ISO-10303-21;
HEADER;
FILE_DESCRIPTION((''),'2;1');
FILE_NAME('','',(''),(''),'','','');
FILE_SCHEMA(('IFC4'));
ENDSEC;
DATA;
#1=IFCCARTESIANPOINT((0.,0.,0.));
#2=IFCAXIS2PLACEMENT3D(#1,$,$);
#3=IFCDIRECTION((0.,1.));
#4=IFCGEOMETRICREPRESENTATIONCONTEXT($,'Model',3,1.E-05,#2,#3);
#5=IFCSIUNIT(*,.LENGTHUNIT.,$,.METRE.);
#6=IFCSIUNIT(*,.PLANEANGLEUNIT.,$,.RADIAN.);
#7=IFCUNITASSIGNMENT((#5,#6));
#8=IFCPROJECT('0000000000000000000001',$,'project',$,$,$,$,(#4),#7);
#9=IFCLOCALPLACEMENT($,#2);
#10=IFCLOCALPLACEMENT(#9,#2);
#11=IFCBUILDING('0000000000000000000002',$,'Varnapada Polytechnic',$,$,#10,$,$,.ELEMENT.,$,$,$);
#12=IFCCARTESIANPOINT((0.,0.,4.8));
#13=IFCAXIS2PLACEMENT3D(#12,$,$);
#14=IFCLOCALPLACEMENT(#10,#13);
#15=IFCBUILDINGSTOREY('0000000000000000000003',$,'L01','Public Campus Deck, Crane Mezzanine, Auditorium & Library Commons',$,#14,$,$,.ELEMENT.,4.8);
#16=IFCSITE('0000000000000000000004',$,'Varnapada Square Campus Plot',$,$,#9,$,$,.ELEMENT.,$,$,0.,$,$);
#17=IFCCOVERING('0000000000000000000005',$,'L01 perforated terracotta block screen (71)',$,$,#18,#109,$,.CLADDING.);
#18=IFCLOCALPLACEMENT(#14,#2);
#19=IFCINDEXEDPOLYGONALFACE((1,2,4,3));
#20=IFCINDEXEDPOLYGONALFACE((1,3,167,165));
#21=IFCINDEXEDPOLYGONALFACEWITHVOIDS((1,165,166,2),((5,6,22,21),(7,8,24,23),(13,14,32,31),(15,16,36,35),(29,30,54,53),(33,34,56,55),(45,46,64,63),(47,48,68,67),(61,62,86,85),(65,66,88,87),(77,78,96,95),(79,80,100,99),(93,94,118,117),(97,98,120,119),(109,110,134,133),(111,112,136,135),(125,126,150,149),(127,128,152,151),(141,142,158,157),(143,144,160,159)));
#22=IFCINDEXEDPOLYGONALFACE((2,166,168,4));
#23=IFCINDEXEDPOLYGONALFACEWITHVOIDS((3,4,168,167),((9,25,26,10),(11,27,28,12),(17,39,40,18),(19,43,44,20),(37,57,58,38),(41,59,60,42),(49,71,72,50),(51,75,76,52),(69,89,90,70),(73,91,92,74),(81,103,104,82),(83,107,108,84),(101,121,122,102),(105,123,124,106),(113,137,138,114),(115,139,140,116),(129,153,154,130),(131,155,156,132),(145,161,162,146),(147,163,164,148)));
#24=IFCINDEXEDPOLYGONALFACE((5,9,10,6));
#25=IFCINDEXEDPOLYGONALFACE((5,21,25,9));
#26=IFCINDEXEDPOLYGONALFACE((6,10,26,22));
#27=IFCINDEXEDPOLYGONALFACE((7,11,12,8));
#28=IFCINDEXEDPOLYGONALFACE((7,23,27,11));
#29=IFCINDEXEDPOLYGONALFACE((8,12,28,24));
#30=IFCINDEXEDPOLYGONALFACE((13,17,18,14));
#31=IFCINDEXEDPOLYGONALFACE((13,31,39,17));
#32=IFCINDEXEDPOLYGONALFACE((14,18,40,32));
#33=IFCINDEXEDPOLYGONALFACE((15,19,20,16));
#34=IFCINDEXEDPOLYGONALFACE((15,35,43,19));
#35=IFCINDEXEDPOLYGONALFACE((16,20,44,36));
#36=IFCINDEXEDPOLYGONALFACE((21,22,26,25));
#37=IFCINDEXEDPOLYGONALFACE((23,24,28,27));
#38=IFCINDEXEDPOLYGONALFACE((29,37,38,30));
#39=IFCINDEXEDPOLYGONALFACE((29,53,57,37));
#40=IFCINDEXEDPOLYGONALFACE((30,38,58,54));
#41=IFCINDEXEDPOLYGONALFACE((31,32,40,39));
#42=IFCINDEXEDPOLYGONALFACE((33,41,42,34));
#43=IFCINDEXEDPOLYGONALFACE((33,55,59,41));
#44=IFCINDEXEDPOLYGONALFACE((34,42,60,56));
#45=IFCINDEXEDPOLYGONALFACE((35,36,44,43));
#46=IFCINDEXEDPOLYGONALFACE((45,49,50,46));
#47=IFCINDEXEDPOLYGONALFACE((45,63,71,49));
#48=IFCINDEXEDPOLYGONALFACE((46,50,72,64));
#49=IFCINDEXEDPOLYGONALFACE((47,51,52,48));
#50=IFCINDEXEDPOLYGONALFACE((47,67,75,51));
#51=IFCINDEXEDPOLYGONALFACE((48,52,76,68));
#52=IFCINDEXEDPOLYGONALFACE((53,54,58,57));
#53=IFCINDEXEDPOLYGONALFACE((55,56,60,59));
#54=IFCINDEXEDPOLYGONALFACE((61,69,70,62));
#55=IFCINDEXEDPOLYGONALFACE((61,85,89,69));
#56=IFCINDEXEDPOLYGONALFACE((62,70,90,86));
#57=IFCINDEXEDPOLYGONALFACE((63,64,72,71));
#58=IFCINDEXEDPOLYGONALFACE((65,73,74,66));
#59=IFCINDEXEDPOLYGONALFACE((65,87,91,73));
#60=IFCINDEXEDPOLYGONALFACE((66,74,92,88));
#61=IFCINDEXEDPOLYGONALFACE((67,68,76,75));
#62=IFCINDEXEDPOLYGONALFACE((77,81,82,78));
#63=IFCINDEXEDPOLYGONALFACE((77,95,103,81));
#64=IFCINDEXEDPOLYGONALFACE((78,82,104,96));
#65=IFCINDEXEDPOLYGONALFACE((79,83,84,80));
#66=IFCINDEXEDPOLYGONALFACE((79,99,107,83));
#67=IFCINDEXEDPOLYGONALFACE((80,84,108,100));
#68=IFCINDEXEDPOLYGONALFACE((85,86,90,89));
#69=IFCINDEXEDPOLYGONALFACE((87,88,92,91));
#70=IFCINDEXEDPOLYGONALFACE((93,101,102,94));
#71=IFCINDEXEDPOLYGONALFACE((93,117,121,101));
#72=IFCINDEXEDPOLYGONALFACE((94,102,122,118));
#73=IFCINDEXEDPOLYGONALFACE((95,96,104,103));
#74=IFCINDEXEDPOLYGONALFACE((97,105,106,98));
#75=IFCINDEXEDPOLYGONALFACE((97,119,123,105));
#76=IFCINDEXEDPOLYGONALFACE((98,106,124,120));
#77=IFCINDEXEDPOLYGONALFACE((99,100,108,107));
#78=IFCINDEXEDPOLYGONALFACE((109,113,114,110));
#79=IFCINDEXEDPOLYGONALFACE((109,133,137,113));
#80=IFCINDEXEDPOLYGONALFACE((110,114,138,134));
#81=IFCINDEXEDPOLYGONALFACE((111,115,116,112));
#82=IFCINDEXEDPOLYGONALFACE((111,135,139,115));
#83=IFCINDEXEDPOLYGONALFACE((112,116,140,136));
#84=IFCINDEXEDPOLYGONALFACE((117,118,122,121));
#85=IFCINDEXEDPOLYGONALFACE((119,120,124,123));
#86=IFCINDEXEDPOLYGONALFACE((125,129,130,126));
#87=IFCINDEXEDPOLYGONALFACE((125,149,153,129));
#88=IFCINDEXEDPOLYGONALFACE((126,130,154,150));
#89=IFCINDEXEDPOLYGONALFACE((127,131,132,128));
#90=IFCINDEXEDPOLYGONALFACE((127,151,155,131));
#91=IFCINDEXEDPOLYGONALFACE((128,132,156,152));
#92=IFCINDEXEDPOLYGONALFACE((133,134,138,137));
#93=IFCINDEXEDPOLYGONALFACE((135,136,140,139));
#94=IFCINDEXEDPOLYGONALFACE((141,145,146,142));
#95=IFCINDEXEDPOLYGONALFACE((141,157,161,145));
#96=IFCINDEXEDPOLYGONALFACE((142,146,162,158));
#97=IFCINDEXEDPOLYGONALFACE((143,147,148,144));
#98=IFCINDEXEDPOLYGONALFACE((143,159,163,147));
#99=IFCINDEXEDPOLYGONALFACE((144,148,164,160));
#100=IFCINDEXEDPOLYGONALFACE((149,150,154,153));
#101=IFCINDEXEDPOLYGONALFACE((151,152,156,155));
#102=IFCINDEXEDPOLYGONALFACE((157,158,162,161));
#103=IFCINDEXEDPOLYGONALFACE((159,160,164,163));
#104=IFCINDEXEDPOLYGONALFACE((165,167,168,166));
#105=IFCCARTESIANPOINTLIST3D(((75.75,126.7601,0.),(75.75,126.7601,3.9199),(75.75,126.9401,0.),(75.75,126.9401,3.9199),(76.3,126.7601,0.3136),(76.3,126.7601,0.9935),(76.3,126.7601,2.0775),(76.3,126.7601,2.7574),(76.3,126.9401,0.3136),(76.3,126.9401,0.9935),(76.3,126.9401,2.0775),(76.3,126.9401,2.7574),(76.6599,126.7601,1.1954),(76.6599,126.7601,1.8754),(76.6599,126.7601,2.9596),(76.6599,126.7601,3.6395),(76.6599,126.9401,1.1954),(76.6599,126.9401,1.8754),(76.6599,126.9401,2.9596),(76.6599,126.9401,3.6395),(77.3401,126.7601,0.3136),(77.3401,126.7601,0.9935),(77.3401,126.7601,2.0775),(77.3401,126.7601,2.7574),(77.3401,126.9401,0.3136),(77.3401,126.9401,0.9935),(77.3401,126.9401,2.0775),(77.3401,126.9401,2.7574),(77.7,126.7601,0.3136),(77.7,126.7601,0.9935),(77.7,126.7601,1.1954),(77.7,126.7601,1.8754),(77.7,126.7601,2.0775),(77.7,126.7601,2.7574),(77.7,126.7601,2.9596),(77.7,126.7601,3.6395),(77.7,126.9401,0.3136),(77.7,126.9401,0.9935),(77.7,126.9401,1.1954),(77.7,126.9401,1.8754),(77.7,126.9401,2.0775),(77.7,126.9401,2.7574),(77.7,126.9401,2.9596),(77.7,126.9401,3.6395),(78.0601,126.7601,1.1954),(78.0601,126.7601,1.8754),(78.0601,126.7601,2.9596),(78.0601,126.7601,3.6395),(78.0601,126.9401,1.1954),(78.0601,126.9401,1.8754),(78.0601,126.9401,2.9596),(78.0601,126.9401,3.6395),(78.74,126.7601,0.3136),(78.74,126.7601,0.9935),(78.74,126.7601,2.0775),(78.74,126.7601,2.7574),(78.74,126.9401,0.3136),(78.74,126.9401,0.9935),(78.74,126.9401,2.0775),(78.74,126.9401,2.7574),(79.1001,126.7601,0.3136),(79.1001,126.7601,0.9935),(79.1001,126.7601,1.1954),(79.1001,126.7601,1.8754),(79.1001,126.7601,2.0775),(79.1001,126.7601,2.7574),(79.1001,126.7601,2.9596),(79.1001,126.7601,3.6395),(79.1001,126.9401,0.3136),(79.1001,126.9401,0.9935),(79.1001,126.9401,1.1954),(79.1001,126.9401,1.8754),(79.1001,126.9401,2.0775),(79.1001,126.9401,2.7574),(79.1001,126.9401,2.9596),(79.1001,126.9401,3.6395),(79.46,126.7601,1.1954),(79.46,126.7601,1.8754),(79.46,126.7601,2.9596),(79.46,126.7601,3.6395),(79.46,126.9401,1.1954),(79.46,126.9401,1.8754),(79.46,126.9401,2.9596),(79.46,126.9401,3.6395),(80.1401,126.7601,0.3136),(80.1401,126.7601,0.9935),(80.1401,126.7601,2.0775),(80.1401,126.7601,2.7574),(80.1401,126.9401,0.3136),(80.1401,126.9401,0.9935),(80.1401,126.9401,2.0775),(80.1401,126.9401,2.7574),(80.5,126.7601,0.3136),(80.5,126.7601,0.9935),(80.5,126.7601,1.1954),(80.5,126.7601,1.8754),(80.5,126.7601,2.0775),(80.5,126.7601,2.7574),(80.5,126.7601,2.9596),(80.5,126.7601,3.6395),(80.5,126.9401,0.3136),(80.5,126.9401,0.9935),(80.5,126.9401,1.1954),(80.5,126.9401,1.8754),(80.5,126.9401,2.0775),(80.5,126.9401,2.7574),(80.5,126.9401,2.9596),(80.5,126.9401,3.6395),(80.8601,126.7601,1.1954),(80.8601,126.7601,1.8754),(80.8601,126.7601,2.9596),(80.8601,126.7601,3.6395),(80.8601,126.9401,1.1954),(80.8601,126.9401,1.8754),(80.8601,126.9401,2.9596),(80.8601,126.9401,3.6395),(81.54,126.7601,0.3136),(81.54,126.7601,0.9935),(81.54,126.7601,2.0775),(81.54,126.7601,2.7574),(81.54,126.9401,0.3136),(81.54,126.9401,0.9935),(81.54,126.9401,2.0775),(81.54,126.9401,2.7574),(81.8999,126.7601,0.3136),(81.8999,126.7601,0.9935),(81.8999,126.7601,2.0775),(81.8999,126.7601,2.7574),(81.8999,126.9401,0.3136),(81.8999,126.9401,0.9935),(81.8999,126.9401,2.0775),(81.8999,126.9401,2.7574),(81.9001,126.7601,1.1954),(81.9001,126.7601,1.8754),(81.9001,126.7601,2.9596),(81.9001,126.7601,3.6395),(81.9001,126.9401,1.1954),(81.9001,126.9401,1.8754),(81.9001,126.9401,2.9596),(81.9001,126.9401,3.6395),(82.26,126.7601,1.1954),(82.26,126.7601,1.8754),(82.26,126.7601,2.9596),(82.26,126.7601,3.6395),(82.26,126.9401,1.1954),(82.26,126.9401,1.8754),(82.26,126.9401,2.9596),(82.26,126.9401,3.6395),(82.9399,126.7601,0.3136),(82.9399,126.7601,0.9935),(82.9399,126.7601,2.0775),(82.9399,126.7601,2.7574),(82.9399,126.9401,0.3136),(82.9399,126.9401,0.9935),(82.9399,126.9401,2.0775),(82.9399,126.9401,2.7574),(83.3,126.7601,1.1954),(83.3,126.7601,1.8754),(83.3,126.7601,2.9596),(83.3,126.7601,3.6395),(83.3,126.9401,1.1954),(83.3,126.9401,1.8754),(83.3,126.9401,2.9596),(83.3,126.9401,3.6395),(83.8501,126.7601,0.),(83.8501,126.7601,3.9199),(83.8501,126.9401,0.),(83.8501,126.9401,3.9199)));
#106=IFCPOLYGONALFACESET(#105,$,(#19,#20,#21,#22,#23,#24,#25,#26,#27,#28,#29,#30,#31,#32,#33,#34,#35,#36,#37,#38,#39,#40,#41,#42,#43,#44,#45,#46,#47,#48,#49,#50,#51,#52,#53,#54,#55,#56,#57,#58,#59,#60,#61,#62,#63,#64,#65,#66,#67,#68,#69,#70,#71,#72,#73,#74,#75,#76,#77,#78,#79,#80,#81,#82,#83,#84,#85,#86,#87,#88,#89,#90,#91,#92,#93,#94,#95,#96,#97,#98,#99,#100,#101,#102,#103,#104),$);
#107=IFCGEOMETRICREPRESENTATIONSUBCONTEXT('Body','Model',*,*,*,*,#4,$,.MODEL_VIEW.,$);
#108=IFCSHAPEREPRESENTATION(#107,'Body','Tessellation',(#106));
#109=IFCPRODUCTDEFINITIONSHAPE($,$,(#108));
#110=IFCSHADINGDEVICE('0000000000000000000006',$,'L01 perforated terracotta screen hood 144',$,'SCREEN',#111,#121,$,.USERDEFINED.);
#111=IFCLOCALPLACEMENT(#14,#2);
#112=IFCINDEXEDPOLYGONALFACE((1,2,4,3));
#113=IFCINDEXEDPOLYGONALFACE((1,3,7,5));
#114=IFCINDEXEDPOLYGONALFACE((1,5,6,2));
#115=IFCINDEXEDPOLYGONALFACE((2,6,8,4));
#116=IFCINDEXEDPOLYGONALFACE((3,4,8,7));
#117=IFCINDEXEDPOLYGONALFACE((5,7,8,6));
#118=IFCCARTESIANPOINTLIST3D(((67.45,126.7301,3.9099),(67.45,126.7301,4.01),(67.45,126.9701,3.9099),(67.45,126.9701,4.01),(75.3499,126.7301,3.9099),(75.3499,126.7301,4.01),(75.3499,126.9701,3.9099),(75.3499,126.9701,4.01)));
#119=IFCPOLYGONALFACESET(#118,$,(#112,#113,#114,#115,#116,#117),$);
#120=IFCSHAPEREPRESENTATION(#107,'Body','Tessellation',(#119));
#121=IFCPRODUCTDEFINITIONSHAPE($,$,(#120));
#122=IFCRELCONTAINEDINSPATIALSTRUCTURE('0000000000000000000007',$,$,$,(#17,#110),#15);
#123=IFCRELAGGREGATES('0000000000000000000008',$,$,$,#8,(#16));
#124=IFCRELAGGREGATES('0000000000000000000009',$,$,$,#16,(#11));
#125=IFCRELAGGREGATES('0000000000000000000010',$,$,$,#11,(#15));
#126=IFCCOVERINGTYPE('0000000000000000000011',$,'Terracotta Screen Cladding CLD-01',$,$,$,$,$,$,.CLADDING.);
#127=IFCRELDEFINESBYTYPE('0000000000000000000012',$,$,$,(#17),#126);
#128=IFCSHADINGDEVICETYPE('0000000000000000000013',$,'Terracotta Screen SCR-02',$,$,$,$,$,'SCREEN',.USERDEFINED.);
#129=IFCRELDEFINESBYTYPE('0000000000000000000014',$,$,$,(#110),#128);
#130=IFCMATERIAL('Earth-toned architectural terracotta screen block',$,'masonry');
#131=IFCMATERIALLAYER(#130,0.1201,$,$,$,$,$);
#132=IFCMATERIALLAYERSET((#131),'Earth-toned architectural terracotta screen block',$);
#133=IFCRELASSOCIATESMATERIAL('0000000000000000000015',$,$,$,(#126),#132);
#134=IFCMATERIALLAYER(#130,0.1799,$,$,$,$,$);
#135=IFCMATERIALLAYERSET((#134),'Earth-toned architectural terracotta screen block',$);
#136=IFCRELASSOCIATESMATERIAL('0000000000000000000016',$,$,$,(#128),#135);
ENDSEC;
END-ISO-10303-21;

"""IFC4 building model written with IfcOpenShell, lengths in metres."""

from ifc_helpers import new_model, si_unit, direction, frame, frame_2d, origin, origin_2d, place, context, subcontext, project, spatial, rectangle, extrude, material, layer, layer_set, type_object, element, save


model = new_model("IFC4")

# Units and contexts
model_context = context("Model", 3, precision=1e-05, world=origin(), true_north=direction((0.0, 1.0)))
body_context = subcontext(model_context, "Body", "Model", "MODEL_VIEW")
ifc_project = project(units=[si_unit("LENGTHUNIT", "METRE"), si_unit("PLANEANGLEUNIT", "RADIAN")], contexts=[model_context])

# Site, building, storey
site_placement = place(None, origin())
site = spatial("IfcSite", under=ifc_project, at=site_placement, Name="Varnapada Square Campus Plot", CompositionType="ELEMENT", RefElevation=0.0)
building_placement = place(site_placement, origin())
building = spatial("IfcBuilding", under=site, at=building_placement, Name="Varnapada Polytechnic", CompositionType="ELEMENT")
storey_placement = place(building_placement, frame((0.0, 0.0, 4.8)))
storey = spatial("IfcBuildingStorey", under=building, at=storey_placement, Name="L01", Description="Public Campus Deck, Crane Mezzanine, Auditorium & Library Commons", CompositionType="ELEMENT", Elevation=4.8)

# Covering, openings
ifc_material_1 = material(Name="Earth-toned architectural terracotta screen block", Category="masonry")
ifc_layer_1 = layer(ifc_material_1, 0.1201)
ifc_layer_set_1 = layer_set([ifc_layer_1], Name="Earth-toned architectural terracotta screen block")
covering_type = type_object("IfcCoveringType", Name="Terracotta Screen Cladding CLD-01", PredefinedType="CLADDING", material=ifc_layer_set_1)
covering_placement = place(storey_placement, frame((75.75, 126.8501, 0.0), z_axis=(0.0, 0.0, 1.0), x_axis=(1.0, 0.0, 0.0)))
covering = element("IfcCovering", 1, at=covering_placement, inside=storey, type_object=covering_type, Name="L01 perforated terracotta block screen (71)", PredefinedType="CLADDING", context=body_context, shape_type="SweptSolid", body=[
    extrude(rectangle(XDim=8.1001, YDim=0.1799, at=frame_2d((4.05, 0.0))), origin(), (0.0, 0.0, 1.0), 3.9199),
])
opening_1_placement = place(covering_placement, frame((0.55, 0.0, 0.3137)))
element("IfcOpeningElement", 2, at=opening_1_placement, cuts=covering, PredefinedType="OPENING", context=body_context, shape_type="SweptSolid", body=[
    extrude(rectangle(XDim=1.04, YDim=0.6799, at=frame_2d((0.52, 0.3398))), frame((0.0, 0.0999, 0.0), z_axis=(0.0, -1.0, 0.0), x_axis=(1.0, 0.0, 0.0)), (0.0, 0.0, 1.0), 0.2),
])
opening_2_placement = place(covering_placement, frame((1.95, 0.0, 0.3137)))
element("IfcOpeningElement", 3, at=opening_2_placement, cuts=covering, PredefinedType="OPENING", context=body_context, shape_type="SweptSolid", body=[
    extrude(rectangle(XDim=1.04, YDim=0.6799, at=frame_2d((0.52, 0.3398))), frame((0.0, 0.0999, 0.0), z_axis=(0.0, -1.0, 0.0), x_axis=(1.0, 0.0, 0.0)), (0.0, 0.0, 1.0), 0.2),
])
opening_3_placement = place(covering_placement, frame((3.3501, 0.0, 0.3137)))
element("IfcOpeningElement", 4, at=opening_3_placement, cuts=covering, PredefinedType="OPENING", context=body_context, shape_type="SweptSolid", body=[
    extrude(rectangle(XDim=1.04, YDim=0.6799, at=frame_2d((0.52, 0.3398))), frame((0.0, 0.0999, 0.0), z_axis=(0.0, -1.0, 0.0), x_axis=(1.0, 0.0, 0.0)), (0.0, 0.0, 1.0), 0.2),
])
opening_4_placement = place(covering_placement, frame((4.75, 0.0, 0.3137)))
element("IfcOpeningElement", 5, at=opening_4_placement, cuts=covering, PredefinedType="OPENING", context=body_context, shape_type="SweptSolid", body=[
    extrude(rectangle(XDim=1.04, YDim=0.6799, at=frame_2d((0.52, 0.3398))), frame((0.0, 0.0999, 0.0), z_axis=(0.0, -1.0, 0.0), x_axis=(1.0, 0.0, 0.0)), (0.0, 0.0, 1.0), 0.2),
])
opening_5_placement = place(covering_placement, frame((6.1499, 0.0, 0.3137)))
element("IfcOpeningElement", 6, at=opening_5_placement, cuts=covering, PredefinedType="OPENING", context=body_context, shape_type="SweptSolid", body=[
    extrude(rectangle(XDim=1.04, YDim=0.6799, at=frame_2d((0.52, 0.3398))), frame((0.0, 0.0999, 0.0), z_axis=(0.0, -1.0, 0.0), x_axis=(1.0, 0.0, 0.0)), (0.0, 0.0, 1.0), 0.2),
])
opening_6_placement = place(covering_placement, frame((0.9099, 0.0, 1.1956)))
element("IfcOpeningElement", 7, at=opening_6_placement, cuts=covering, PredefinedType="OPENING", context=body_context, shape_type="SweptSolid", body=[
    extrude(rectangle(XDim=1.04, YDim=0.6799, at=frame_2d((0.52, 0.3398))), frame((0.0, 0.0999, 0.0), z_axis=(0.0, -1.0, 0.0), x_axis=(1.0, 0.0, 0.0)), (0.0, 0.0, 1.0), 0.2),
])
opening_7_placement = place(covering_placement, frame((2.3101, 0.0, 1.1956)))
element("IfcOpeningElement", 8, at=opening_7_placement, cuts=covering, PredefinedType="OPENING", context=body_context, shape_type="SweptSolid", body=[
    extrude(rectangle(XDim=1.04, YDim=0.6799, at=frame_2d((0.52, 0.3398))), frame((0.0, 0.0999, 0.0), z_axis=(0.0, -1.0, 0.0), x_axis=(1.0, 0.0, 0.0)), (0.0, 0.0, 1.0), 0.2),
])
opening_8_placement = place(covering_placement, frame((3.71, 0.0, 1.1956)))
element("IfcOpeningElement", 9, at=opening_8_placement, cuts=covering, PredefinedType="OPENING", context=body_context, shape_type="SweptSolid", body=[
    extrude(rectangle(XDim=1.04, YDim=0.6799, at=frame_2d((0.52, 0.3398))), frame((0.0, 0.0999, 0.0), z_axis=(0.0, -1.0, 0.0), x_axis=(1.0, 0.0, 0.0)), (0.0, 0.0, 1.0), 0.2),
])
opening_9_placement = place(covering_placement, frame((5.1101, 0.0, 1.1956)))
element("IfcOpeningElement", 10, at=opening_9_placement, cuts=covering, PredefinedType="OPENING", context=body_context, shape_type="SweptSolid", body=[
    extrude(rectangle(XDim=1.04, YDim=0.6799, at=frame_2d((0.52, 0.3398))), frame((0.0, 0.0999, 0.0), z_axis=(0.0, -1.0, 0.0), x_axis=(1.0, 0.0, 0.0)), (0.0, 0.0, 1.0), 0.2),
])
opening_10_placement = place(covering_placement, frame((6.51, 0.0, 1.1956)))
element("IfcOpeningElement", 11, at=opening_10_placement, cuts=covering, PredefinedType="OPENING", context=body_context, shape_type="SweptSolid", body=[
    extrude(rectangle(XDim=1.04, YDim=0.6799, at=frame_2d((0.52, 0.3398))), frame((0.0, 0.0999, 0.0), z_axis=(0.0, -1.0, 0.0), x_axis=(1.0, 0.0, 0.0)), (0.0, 0.0, 1.0), 0.2),
])
opening_11_placement = place(covering_placement, frame((0.55, 0.0, 2.0776)))
element("IfcOpeningElement", 12, at=opening_11_placement, cuts=covering, PredefinedType="OPENING", context=body_context, shape_type="SweptSolid", body=[
    extrude(rectangle(XDim=1.04, YDim=0.6799, at=frame_2d((0.52, 0.3398))), frame((0.0, 0.0999, 0.0), z_axis=(0.0, -1.0, 0.0), x_axis=(1.0, 0.0, 0.0)), (0.0, 0.0, 1.0), 0.2),
])
opening_12_placement = place(covering_placement, frame((1.95, 0.0, 2.0776)))
element("IfcOpeningElement", 13, at=opening_12_placement, cuts=covering, PredefinedType="OPENING", context=body_context, shape_type="SweptSolid", body=[
    extrude(rectangle(XDim=1.04, YDim=0.6799, at=frame_2d((0.52, 0.3398))), frame((0.0, 0.0999, 0.0), z_axis=(0.0, -1.0, 0.0), x_axis=(1.0, 0.0, 0.0)), (0.0, 0.0, 1.0), 0.2),
])
opening_13_placement = place(covering_placement, frame((3.3501, 0.0, 2.0776)))
element("IfcOpeningElement", 14, at=opening_13_placement, cuts=covering, PredefinedType="OPENING", context=body_context, shape_type="SweptSolid", body=[
    extrude(rectangle(XDim=1.04, YDim=0.6799, at=frame_2d((0.52, 0.3398))), frame((0.0, 0.0999, 0.0), z_axis=(0.0, -1.0, 0.0), x_axis=(1.0, 0.0, 0.0)), (0.0, 0.0, 1.0), 0.2),
])
opening_14_placement = place(covering_placement, frame((4.75, 0.0, 2.0776)))
element("IfcOpeningElement", 15, at=opening_14_placement, cuts=covering, PredefinedType="OPENING", context=body_context, shape_type="SweptSolid", body=[
    extrude(rectangle(XDim=1.04, YDim=0.6799, at=frame_2d((0.52, 0.3398))), frame((0.0, 0.0999, 0.0), z_axis=(0.0, -1.0, 0.0), x_axis=(1.0, 0.0, 0.0)), (0.0, 0.0, 1.0), 0.2),
])
opening_15_placement = place(covering_placement, frame((6.1499, 0.0, 2.0776)))
element("IfcOpeningElement", 16, at=opening_15_placement, cuts=covering, PredefinedType="OPENING", context=body_context, shape_type="SweptSolid", body=[
    extrude(rectangle(XDim=1.04, YDim=0.6799, at=frame_2d((0.52, 0.3398))), frame((0.0, 0.0999, 0.0), z_axis=(0.0, -1.0, 0.0), x_axis=(1.0, 0.0, 0.0)), (0.0, 0.0, 1.0), 0.2),
])
opening_16_placement = place(covering_placement, frame((0.9099, 0.0, 2.9597)))
element("IfcOpeningElement", 17, at=opening_16_placement, cuts=covering, PredefinedType="OPENING", context=body_context, shape_type="SweptSolid", body=[
    extrude(rectangle(XDim=1.04, YDim=0.6799, at=frame_2d((0.52, 0.3398))), frame((0.0, 0.0999, 0.0), z_axis=(0.0, -1.0, 0.0), x_axis=(1.0, 0.0, 0.0)), (0.0, 0.0, 1.0), 0.2),
])
opening_17_placement = place(covering_placement, frame((2.3101, 0.0, 2.9597)))
element("IfcOpeningElement", 18, at=opening_17_placement, cuts=covering, PredefinedType="OPENING", context=body_context, shape_type="SweptSolid", body=[
    extrude(rectangle(XDim=1.04, YDim=0.6799, at=frame_2d((0.52, 0.3398))), frame((0.0, 0.0999, 0.0), z_axis=(0.0, -1.0, 0.0), x_axis=(1.0, 0.0, 0.0)), (0.0, 0.0, 1.0), 0.2),
])
opening_18_placement = place(covering_placement, frame((3.71, 0.0, 2.9597)))
element("IfcOpeningElement", 19, at=opening_18_placement, cuts=covering, PredefinedType="OPENING", context=body_context, shape_type="SweptSolid", body=[
    extrude(rectangle(XDim=1.04, YDim=0.6799, at=frame_2d((0.52, 0.3398))), frame((0.0, 0.0999, 0.0), z_axis=(0.0, -1.0, 0.0), x_axis=(1.0, 0.0, 0.0)), (0.0, 0.0, 1.0), 0.2),
])
opening_19_placement = place(covering_placement, frame((5.1101, 0.0, 2.9597)))
element("IfcOpeningElement", 20, at=opening_19_placement, cuts=covering, PredefinedType="OPENING", context=body_context, shape_type="SweptSolid", body=[
    extrude(rectangle(XDim=1.04, YDim=0.6799, at=frame_2d((0.52, 0.3398))), frame((0.0, 0.0999, 0.0), z_axis=(0.0, -1.0, 0.0), x_axis=(1.0, 0.0, 0.0)), (0.0, 0.0, 1.0), 0.2),
])
opening_20_placement = place(covering_placement, frame((6.51, 0.0, 2.9597)))
element("IfcOpeningElement", 21, at=opening_20_placement, cuts=covering, PredefinedType="OPENING", context=body_context, shape_type="SweptSolid", body=[
    extrude(rectangle(XDim=1.04, YDim=0.6799, at=frame_2d((0.52, 0.3398))), frame((0.0, 0.0999, 0.0), z_axis=(0.0, -1.0, 0.0), x_axis=(1.0, 0.0, 0.0)), (0.0, 0.0, 1.0), 0.2),
])

# Shading device
ifc_layer_2 = layer(ifc_material_1, 0.1799)
ifc_layer_set_2 = layer_set([ifc_layer_2], Name="Earth-toned architectural terracotta screen block")
shading_device_type = type_object("IfcShadingDeviceType", Name="Terracotta Screen SCR-02", ElementType="SCREEN", PredefinedType="USERDEFINED", material=ifc_layer_set_2)
shading_device_placement = place(storey_placement, frame((71.3999, 126.8501, 3.9099), z_axis=(0.0, 0.0, 1.0), x_axis=(1.0, 0.0, 0.0)))
element("IfcShadingDevice", 22, at=shading_device_placement, inside=storey, type_object=shading_device_type, Name="L01 perforated terracotta screen hood 144", ObjectType="SCREEN", PredefinedType="USERDEFINED", context=body_context, shape_type="SweptSolid", body=[
    extrude(rectangle(XDim=7.8999, YDim=0.24, at=origin_2d()), origin(), (0.0, 0.0, 1.0), 0.1001),
])

save(model, "model.ifc")
